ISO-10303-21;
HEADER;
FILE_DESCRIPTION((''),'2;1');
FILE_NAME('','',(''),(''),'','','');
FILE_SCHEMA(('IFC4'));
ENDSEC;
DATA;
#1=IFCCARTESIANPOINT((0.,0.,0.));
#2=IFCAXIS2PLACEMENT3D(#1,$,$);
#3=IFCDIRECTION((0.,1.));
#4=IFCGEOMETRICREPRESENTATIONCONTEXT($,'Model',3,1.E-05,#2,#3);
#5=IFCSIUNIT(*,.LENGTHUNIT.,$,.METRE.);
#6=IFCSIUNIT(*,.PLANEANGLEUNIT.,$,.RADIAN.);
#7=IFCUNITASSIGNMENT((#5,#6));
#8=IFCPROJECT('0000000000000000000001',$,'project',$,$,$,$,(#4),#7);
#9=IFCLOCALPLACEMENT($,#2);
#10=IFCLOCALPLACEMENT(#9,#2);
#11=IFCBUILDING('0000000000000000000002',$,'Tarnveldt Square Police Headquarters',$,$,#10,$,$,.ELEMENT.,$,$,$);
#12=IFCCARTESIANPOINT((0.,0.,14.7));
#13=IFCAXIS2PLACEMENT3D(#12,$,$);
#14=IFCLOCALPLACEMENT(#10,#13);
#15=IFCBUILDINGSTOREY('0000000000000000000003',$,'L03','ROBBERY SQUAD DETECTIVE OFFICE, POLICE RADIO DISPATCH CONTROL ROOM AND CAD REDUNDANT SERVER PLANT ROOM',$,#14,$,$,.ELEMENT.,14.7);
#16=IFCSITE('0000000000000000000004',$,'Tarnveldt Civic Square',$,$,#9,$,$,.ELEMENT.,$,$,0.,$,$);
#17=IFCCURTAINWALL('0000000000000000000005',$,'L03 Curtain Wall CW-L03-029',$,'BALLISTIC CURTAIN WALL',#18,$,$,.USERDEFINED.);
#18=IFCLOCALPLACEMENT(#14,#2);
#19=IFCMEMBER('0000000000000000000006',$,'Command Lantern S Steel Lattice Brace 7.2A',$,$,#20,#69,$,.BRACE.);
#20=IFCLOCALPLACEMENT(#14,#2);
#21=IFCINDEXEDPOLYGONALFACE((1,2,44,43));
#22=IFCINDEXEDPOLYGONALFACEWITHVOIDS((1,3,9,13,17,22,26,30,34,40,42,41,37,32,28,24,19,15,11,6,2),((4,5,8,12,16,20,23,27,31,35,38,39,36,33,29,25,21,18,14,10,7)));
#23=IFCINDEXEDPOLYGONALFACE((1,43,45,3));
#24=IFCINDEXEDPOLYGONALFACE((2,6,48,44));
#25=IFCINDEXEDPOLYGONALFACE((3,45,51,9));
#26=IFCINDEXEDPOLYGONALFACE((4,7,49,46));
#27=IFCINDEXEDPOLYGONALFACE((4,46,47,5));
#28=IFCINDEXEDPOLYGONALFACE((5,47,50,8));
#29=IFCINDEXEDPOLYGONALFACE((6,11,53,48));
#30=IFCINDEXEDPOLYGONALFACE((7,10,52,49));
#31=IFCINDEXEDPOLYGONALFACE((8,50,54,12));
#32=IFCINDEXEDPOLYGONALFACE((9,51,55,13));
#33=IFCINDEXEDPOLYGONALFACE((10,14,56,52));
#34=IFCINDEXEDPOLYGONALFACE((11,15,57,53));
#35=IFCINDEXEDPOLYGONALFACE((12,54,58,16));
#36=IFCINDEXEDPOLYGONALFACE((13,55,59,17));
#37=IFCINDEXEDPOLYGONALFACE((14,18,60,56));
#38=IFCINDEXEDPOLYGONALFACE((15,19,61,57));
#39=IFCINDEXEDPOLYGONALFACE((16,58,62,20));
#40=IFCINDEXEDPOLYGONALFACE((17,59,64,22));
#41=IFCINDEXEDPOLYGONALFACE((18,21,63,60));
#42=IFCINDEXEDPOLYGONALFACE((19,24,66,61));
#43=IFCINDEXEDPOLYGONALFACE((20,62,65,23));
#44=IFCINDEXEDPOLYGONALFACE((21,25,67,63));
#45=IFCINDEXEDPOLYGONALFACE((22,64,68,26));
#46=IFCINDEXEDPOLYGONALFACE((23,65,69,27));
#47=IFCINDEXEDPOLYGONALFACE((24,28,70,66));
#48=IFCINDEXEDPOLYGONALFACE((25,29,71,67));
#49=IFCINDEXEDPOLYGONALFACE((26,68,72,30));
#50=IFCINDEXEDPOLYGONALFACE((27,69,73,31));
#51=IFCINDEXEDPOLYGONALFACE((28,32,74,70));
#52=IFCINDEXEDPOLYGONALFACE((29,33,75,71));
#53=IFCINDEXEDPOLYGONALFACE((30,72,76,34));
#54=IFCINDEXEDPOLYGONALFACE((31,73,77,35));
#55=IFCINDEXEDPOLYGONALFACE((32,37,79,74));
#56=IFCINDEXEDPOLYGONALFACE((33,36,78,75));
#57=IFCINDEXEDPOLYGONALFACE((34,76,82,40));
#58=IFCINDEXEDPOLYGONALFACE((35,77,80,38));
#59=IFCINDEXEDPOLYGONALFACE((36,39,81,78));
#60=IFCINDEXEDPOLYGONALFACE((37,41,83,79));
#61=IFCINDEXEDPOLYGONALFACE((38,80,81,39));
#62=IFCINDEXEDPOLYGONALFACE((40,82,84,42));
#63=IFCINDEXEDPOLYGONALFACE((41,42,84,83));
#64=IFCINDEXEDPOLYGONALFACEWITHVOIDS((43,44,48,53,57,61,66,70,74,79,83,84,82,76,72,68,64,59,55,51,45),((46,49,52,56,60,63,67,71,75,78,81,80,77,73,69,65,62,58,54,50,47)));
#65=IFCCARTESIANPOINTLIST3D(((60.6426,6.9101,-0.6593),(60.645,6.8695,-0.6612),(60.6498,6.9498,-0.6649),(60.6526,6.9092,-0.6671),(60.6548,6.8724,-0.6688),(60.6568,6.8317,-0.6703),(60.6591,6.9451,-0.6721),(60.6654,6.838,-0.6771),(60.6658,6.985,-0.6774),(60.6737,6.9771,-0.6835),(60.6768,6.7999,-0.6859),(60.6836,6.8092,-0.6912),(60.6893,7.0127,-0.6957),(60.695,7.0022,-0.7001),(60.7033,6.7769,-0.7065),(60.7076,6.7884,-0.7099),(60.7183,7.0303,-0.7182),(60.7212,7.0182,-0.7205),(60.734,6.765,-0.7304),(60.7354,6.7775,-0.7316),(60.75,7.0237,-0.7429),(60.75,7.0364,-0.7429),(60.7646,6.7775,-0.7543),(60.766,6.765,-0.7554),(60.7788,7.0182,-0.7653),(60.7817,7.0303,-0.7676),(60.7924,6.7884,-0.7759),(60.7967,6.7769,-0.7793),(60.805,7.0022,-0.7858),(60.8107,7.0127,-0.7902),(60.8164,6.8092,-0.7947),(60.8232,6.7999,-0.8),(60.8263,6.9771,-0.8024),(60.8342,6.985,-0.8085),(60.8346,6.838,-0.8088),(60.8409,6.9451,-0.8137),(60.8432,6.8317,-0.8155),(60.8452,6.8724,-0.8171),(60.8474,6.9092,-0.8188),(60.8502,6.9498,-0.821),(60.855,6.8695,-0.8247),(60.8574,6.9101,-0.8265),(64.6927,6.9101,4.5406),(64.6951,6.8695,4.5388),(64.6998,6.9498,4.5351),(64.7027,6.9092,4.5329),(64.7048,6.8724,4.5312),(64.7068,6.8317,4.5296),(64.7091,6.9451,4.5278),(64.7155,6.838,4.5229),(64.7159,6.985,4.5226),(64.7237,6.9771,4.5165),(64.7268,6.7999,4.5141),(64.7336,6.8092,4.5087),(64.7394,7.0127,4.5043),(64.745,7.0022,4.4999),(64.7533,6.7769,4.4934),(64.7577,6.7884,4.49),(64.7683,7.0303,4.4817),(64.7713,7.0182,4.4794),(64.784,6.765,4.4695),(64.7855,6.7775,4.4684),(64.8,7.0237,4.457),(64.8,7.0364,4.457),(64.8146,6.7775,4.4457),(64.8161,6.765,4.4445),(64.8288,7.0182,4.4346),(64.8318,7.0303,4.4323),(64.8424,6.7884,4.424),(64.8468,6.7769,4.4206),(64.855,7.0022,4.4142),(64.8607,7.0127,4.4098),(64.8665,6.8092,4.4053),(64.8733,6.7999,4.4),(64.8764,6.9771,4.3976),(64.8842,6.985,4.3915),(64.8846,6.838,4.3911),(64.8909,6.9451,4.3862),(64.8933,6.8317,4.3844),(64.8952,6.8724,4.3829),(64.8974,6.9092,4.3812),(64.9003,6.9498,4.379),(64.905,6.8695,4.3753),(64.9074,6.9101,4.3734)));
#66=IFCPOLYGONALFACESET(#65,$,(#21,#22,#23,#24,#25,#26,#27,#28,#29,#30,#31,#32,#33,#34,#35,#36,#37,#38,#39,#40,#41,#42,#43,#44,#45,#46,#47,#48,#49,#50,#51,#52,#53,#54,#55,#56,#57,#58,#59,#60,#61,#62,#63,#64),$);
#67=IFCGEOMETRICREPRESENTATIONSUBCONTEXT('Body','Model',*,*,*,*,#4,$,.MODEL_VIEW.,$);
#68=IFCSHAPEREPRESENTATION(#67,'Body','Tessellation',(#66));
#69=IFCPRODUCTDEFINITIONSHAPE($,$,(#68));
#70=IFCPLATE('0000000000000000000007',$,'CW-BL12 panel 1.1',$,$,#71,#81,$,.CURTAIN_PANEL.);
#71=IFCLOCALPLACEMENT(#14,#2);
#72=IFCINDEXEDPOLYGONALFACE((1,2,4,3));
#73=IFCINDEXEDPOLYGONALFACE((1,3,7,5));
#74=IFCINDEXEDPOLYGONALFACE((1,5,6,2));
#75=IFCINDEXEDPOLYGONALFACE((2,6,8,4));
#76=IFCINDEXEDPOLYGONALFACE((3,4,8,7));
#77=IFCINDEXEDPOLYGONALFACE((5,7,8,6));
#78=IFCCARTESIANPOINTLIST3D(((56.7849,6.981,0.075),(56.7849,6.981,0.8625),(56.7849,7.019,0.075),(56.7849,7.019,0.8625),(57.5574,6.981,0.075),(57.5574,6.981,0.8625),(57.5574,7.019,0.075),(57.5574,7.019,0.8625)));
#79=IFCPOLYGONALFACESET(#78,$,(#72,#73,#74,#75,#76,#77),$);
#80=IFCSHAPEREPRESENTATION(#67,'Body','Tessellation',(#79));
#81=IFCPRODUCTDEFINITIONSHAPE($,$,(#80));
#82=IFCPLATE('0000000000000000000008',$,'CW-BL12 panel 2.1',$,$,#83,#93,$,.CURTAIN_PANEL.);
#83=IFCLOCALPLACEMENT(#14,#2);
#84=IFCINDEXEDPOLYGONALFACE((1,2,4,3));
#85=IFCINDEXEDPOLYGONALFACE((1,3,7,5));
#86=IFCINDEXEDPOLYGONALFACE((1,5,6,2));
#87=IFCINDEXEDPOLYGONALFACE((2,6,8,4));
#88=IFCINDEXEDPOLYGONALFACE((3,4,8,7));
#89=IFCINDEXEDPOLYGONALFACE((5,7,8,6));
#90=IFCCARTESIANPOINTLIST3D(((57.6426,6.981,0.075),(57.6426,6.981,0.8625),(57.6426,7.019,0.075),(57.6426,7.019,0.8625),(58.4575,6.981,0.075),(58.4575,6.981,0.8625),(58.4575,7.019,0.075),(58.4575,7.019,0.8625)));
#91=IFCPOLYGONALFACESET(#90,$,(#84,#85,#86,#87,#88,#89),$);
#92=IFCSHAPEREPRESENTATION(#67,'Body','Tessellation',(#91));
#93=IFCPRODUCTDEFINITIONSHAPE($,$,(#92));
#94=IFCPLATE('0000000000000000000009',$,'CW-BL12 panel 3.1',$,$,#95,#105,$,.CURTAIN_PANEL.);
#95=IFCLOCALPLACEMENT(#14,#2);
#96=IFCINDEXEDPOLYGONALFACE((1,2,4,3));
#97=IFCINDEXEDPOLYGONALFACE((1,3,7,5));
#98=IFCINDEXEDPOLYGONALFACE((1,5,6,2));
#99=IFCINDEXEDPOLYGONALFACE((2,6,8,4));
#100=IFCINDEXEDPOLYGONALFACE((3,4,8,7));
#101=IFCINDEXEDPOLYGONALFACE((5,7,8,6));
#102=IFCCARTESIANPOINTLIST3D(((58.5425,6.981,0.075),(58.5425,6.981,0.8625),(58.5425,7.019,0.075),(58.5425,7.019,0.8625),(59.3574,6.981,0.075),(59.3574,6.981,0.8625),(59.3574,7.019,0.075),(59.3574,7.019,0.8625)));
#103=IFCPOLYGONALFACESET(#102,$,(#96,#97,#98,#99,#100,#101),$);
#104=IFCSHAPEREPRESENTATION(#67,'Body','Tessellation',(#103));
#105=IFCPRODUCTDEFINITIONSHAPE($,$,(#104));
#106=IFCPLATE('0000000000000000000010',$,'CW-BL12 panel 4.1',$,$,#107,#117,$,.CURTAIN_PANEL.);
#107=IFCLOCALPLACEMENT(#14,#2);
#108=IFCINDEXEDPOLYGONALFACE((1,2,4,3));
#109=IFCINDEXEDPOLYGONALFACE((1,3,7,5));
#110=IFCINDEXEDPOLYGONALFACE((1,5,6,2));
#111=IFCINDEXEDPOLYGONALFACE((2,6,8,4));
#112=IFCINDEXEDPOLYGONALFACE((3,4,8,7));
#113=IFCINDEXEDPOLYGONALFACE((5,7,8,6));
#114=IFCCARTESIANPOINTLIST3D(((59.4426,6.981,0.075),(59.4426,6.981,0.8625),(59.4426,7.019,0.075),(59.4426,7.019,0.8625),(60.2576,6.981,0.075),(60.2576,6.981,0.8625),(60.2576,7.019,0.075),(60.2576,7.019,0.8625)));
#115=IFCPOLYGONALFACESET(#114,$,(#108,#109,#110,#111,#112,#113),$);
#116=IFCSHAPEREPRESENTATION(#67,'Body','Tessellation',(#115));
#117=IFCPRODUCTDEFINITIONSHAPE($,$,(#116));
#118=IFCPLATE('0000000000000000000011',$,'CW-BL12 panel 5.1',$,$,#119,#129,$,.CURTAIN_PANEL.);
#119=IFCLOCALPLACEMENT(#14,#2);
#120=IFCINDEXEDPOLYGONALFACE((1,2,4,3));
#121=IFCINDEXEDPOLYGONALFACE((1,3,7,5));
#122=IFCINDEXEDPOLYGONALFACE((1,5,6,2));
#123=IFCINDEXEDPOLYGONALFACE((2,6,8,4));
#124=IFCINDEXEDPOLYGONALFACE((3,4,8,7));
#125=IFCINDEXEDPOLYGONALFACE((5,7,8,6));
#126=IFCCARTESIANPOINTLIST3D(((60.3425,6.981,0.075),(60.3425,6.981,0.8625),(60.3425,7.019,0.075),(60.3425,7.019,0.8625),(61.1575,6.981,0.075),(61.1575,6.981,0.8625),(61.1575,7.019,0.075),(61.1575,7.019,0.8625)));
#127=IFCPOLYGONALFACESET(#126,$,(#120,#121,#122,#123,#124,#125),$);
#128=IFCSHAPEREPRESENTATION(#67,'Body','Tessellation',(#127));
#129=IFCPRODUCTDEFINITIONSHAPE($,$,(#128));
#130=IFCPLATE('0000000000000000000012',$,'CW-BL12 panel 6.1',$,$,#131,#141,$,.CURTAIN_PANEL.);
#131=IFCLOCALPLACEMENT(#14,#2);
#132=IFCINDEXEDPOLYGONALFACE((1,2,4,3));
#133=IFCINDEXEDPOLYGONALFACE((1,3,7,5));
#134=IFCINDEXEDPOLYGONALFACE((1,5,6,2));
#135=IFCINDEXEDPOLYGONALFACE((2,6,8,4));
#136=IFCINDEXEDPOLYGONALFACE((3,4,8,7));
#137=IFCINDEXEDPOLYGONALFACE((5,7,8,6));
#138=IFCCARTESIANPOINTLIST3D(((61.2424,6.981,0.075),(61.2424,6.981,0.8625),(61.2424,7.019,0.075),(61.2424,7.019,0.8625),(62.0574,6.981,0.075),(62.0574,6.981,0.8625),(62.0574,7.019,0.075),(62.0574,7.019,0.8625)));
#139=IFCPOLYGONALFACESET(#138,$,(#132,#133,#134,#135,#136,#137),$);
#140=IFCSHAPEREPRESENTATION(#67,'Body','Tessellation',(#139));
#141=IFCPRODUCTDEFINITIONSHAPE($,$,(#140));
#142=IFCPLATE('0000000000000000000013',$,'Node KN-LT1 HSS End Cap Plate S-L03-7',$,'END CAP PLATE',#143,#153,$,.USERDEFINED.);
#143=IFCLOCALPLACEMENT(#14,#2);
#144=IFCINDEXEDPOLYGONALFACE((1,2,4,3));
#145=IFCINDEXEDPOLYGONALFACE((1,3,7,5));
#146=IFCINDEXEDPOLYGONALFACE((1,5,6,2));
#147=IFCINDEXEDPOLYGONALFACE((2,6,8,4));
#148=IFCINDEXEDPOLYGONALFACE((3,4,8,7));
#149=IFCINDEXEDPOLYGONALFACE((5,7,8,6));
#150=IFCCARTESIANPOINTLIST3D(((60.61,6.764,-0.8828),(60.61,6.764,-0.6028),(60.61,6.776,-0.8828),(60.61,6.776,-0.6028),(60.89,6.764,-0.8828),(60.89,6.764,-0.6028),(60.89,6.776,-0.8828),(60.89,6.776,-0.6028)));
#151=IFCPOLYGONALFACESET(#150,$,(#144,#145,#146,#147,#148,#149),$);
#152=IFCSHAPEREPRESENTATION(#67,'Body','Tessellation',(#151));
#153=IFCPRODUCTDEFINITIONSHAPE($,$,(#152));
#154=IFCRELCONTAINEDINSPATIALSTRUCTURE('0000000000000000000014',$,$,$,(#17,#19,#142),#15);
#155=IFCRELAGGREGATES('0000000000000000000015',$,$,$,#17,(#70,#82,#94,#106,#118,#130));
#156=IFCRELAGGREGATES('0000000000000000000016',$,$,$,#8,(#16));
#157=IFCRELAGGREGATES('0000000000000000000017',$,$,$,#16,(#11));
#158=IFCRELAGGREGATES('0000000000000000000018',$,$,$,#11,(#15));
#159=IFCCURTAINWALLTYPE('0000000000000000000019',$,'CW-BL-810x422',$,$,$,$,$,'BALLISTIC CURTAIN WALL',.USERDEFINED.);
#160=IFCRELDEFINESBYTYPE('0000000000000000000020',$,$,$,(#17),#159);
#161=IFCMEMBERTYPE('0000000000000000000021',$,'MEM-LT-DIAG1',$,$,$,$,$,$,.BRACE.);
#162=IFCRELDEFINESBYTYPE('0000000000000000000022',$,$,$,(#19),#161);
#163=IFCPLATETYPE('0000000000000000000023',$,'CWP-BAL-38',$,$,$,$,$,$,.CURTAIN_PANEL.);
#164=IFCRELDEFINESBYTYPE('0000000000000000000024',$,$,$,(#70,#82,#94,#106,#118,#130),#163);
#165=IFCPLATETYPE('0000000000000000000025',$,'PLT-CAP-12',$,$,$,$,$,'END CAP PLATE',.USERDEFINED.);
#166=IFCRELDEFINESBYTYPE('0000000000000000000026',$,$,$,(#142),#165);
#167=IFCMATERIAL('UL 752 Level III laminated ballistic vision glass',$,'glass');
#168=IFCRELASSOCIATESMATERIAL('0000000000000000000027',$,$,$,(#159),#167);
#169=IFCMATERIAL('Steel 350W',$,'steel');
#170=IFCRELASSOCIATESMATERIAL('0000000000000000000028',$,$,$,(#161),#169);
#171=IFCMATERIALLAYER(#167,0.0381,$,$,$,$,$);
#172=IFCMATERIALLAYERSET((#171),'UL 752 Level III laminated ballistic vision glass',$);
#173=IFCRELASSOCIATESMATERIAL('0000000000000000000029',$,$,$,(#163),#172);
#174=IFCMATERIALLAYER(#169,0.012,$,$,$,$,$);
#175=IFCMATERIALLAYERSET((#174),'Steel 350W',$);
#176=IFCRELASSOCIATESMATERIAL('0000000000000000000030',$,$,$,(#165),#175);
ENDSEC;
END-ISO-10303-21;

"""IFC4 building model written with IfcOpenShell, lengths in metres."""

from ifc_helpers import new_model, si_unit, direction, frame, origin, origin_2d, place, context, subcontext, project, spatial, rectangle, hollow_circle, extrude, material, layer, layer_set, material_profile, profile_set, type_object, element, aggregate, save


model = new_model("IFC4")

# Units and contexts
model_context = context("Model", 3, precision=1e-05, world=origin(), true_north=direction((0.0, 1.0)))
body_context = subcontext(model_context, "Body", "Model", "MODEL_VIEW")
ifc_project = project(units=[si_unit("LENGTHUNIT", "METRE"), si_unit("PLANEANGLEUNIT", "RADIAN")], contexts=[model_context])

# Site, building, storey
site_placement = place(None, origin())
site = spatial("IfcSite", under=ifc_project, at=site_placement, Name="Tarnveldt Civic Square", CompositionType="ELEMENT", RefElevation=0.0)
building_placement = place(site_placement, origin())
building = spatial("IfcBuilding", under=site, at=building_placement, Name="Tarnveldt Square Police Headquarters", CompositionType="ELEMENT")
storey_placement = place(building_placement, frame((0.0, 0.0, 14.7)))
storey = spatial("IfcBuildingStorey", under=building, at=storey_placement, Name="L03", Description="ROBBERY SQUAD DETECTIVE OFFICE, POLICE RADIO DISPATCH CONTROL ROOM AND CAD REDUNDANT SERVER PLANT ROOM", CompositionType="ELEMENT", Elevation=14.7)

# Curtain wall
ifc_material_1 = material(Name="UL 752 Level III laminated ballistic vision glass", Category="glass")
curtain_wall_type = type_object("IfcCurtainWallType", Name="CW-BL-810x422", ElementType="BALLISTIC CURTAIN WALL", PredefinedType="USERDEFINED", material=ifc_material_1)
curtain_wall_placement = place(storey_placement, origin())
curtain_wall = element("IfcCurtainWall", 1, at=curtain_wall_placement, inside=storey, type_object=curtain_wall_type, Name="L03 Curtain Wall CW-L03-029", ObjectType="BALLISTIC CURTAIN WALL", PredefinedType="USERDEFINED")

# Member
ifc_material_2 = material(Name="Steel 350W", Category="steel")
ifc_material_profile_1 = material_profile(ifc_material_2, hollow_circle(Radius=0.1365, WallThickness=0.0127, at=origin_2d()), Name="HSS273x13")
ifc_profile_set_1 = profile_set([ifc_material_profile_1], Name="Steel 350W")
member_type_1 = type_object("IfcMemberType", Name="MEM-LT-DIAG1", PredefinedType="BRACE", material=ifc_profile_set_1)
member_1_placement = place(storey_placement, frame((60.75, 6.8999, -0.7429), z_axis=(0.614474, 0.0, 0.788937), x_axis=(0.0, 1.0, 0.0)))
element("IfcMember", 2, at=member_1_placement, inside=storey, type_object=member_type_1, Name="Command Lantern S Steel Lattice Brace 7.2A", PredefinedType="BRACE", context=body_context, shape_type="SweptSolid", body=[
    extrude(hollow_circle(Radius=0.1365, WallThickness=0.0127, at=origin_2d()), origin(), (0.0, 0.0, 1.0), 6.5911),
])

# Plates
ifc_layer_1 = layer(ifc_material_1, 0.0381)
ifc_layer_set_1 = layer_set([ifc_layer_1], Name="UL 752 Level III laminated ballistic vision glass")
plate_type_1 = type_object("IfcPlateType", Name="CWP-BAL-38", PredefinedType="CURTAIN_PANEL", material=ifc_layer_set_1)
plate_1_placement = place(storey_placement, frame((57.1711, 7.0, 0.075), z_axis=(0.0, 0.0, 1.0), x_axis=(1.0, 0.0, 0.0)))
plate_1 = element("IfcPlate", 3, at=plate_1_placement, type_object=plate_type_1, Name="CW-BL12 panel 1.1", PredefinedType="CURTAIN_PANEL", context=body_context, shape_type="SweptSolid", body=[
    extrude(rectangle(XDim=0.7725, YDim=0.0381, at=origin_2d()), origin(), (0.0, 0.0, 1.0), 0.7876),
])
plate_2_placement = place(storey_placement, frame((58.05, 7.0, 0.075), z_axis=(0.0, 0.0, 1.0), x_axis=(1.0, 0.0, 0.0)))
plate_2 = element("IfcPlate", 4, at=plate_2_placement, type_object=plate_type_1, Name="CW-BL12 panel 2.1", PredefinedType="CURTAIN_PANEL", context=body_context, shape_type="SweptSolid", body=[
    extrude(rectangle(XDim=0.8149, YDim=0.0381, at=origin_2d()), origin(), (0.0, 0.0, 1.0), 0.7876),
])
plate_3_placement = place(storey_placement, frame((58.95, 7.0, 0.075), z_axis=(0.0, 0.0, 1.0), x_axis=(1.0, 0.0, 0.0)))
plate_3 = element("IfcPlate", 5, at=plate_3_placement, type_object=plate_type_1, Name="CW-BL12 panel 3.1", PredefinedType="CURTAIN_PANEL", context=body_context, shape_type="SweptSolid", body=[
    extrude(rectangle(XDim=0.8149, YDim=0.0381, at=origin_2d()), origin(), (0.0, 0.0, 1.0), 0.7876),
])
plate_4_placement = place(storey_placement, frame((59.8501, 7.0, 0.075), z_axis=(0.0, 0.0, 1.0), x_axis=(1.0, 0.0, 0.0)))
plate_4 = element("IfcPlate", 6, at=plate_4_placement, type_object=plate_type_1, Name="CW-BL12 panel 4.1", PredefinedType="CURTAIN_PANEL", context=body_context, shape_type="SweptSolid", body=[
    extrude(rectangle(XDim=0.8149, YDim=0.0381, at=origin_2d()), origin(), (0.0, 0.0, 1.0), 0.7876),
])
plate_5_placement = place(storey_placement, frame((60.75, 7.0, 0.075), z_axis=(0.0, 0.0, 1.0), x_axis=(1.0, 0.0, 0.0)))
plate_5 = element("IfcPlate", 7, at=plate_5_placement, type_object=plate_type_1, Name="CW-BL12 panel 5.1", PredefinedType="CURTAIN_PANEL", context=body_context, shape_type="SweptSolid", body=[
    extrude(rectangle(XDim=0.8149, YDim=0.0381, at=origin_2d()), origin(), (0.0, 0.0, 1.0), 0.7876),
])
plate_6_placement = place(storey_placement, frame((61.6499, 7.0, 0.075), z_axis=(0.0, 0.0, 1.0), x_axis=(1.0, 0.0, 0.0)))
plate_6 = element("IfcPlate", 8, at=plate_6_placement, type_object=plate_type_1, Name="CW-BL12 panel 6.1", PredefinedType="CURTAIN_PANEL", context=body_context, shape_type="SweptSolid", body=[
    extrude(rectangle(XDim=0.8149, YDim=0.0381, at=origin_2d()), origin(), (0.0, 0.0, 1.0), 0.7876),
])
aggregate(curtain_wall, [plate_1, plate_2, plate_3, plate_4, plate_5, plate_6])
ifc_layer_2 = layer(ifc_material_2, 0.012)
ifc_layer_set_2 = layer_set([ifc_layer_2], Name="Steel 350W")
plate_type_2 = type_object("IfcPlateType", Name="PLT-CAP-12", ElementType="END CAP PLATE", PredefinedType="USERDEFINED", material=ifc_layer_set_2)
plate_7_placement = place(storey_placement, frame((60.75, 6.77, -0.8828), z_axis=(0.0, 0.0, 1.0), x_axis=(1.0, 0.0, 0.0)))
element("IfcPlate", 9, at=plate_7_placement, inside=storey, type_object=plate_type_2, Name="Node KN-LT1 HSS End Cap Plate S-L03-7", ObjectType="END CAP PLATE", PredefinedType="USERDEFINED", context=body_context, shape_type="SweptSolid", body=[
    extrude(rectangle(XDim=0.28, YDim=0.012, at=origin_2d()), origin(), (0.0, 0.0, 1.0), 0.28),
])

save(model, "model.ifc")
